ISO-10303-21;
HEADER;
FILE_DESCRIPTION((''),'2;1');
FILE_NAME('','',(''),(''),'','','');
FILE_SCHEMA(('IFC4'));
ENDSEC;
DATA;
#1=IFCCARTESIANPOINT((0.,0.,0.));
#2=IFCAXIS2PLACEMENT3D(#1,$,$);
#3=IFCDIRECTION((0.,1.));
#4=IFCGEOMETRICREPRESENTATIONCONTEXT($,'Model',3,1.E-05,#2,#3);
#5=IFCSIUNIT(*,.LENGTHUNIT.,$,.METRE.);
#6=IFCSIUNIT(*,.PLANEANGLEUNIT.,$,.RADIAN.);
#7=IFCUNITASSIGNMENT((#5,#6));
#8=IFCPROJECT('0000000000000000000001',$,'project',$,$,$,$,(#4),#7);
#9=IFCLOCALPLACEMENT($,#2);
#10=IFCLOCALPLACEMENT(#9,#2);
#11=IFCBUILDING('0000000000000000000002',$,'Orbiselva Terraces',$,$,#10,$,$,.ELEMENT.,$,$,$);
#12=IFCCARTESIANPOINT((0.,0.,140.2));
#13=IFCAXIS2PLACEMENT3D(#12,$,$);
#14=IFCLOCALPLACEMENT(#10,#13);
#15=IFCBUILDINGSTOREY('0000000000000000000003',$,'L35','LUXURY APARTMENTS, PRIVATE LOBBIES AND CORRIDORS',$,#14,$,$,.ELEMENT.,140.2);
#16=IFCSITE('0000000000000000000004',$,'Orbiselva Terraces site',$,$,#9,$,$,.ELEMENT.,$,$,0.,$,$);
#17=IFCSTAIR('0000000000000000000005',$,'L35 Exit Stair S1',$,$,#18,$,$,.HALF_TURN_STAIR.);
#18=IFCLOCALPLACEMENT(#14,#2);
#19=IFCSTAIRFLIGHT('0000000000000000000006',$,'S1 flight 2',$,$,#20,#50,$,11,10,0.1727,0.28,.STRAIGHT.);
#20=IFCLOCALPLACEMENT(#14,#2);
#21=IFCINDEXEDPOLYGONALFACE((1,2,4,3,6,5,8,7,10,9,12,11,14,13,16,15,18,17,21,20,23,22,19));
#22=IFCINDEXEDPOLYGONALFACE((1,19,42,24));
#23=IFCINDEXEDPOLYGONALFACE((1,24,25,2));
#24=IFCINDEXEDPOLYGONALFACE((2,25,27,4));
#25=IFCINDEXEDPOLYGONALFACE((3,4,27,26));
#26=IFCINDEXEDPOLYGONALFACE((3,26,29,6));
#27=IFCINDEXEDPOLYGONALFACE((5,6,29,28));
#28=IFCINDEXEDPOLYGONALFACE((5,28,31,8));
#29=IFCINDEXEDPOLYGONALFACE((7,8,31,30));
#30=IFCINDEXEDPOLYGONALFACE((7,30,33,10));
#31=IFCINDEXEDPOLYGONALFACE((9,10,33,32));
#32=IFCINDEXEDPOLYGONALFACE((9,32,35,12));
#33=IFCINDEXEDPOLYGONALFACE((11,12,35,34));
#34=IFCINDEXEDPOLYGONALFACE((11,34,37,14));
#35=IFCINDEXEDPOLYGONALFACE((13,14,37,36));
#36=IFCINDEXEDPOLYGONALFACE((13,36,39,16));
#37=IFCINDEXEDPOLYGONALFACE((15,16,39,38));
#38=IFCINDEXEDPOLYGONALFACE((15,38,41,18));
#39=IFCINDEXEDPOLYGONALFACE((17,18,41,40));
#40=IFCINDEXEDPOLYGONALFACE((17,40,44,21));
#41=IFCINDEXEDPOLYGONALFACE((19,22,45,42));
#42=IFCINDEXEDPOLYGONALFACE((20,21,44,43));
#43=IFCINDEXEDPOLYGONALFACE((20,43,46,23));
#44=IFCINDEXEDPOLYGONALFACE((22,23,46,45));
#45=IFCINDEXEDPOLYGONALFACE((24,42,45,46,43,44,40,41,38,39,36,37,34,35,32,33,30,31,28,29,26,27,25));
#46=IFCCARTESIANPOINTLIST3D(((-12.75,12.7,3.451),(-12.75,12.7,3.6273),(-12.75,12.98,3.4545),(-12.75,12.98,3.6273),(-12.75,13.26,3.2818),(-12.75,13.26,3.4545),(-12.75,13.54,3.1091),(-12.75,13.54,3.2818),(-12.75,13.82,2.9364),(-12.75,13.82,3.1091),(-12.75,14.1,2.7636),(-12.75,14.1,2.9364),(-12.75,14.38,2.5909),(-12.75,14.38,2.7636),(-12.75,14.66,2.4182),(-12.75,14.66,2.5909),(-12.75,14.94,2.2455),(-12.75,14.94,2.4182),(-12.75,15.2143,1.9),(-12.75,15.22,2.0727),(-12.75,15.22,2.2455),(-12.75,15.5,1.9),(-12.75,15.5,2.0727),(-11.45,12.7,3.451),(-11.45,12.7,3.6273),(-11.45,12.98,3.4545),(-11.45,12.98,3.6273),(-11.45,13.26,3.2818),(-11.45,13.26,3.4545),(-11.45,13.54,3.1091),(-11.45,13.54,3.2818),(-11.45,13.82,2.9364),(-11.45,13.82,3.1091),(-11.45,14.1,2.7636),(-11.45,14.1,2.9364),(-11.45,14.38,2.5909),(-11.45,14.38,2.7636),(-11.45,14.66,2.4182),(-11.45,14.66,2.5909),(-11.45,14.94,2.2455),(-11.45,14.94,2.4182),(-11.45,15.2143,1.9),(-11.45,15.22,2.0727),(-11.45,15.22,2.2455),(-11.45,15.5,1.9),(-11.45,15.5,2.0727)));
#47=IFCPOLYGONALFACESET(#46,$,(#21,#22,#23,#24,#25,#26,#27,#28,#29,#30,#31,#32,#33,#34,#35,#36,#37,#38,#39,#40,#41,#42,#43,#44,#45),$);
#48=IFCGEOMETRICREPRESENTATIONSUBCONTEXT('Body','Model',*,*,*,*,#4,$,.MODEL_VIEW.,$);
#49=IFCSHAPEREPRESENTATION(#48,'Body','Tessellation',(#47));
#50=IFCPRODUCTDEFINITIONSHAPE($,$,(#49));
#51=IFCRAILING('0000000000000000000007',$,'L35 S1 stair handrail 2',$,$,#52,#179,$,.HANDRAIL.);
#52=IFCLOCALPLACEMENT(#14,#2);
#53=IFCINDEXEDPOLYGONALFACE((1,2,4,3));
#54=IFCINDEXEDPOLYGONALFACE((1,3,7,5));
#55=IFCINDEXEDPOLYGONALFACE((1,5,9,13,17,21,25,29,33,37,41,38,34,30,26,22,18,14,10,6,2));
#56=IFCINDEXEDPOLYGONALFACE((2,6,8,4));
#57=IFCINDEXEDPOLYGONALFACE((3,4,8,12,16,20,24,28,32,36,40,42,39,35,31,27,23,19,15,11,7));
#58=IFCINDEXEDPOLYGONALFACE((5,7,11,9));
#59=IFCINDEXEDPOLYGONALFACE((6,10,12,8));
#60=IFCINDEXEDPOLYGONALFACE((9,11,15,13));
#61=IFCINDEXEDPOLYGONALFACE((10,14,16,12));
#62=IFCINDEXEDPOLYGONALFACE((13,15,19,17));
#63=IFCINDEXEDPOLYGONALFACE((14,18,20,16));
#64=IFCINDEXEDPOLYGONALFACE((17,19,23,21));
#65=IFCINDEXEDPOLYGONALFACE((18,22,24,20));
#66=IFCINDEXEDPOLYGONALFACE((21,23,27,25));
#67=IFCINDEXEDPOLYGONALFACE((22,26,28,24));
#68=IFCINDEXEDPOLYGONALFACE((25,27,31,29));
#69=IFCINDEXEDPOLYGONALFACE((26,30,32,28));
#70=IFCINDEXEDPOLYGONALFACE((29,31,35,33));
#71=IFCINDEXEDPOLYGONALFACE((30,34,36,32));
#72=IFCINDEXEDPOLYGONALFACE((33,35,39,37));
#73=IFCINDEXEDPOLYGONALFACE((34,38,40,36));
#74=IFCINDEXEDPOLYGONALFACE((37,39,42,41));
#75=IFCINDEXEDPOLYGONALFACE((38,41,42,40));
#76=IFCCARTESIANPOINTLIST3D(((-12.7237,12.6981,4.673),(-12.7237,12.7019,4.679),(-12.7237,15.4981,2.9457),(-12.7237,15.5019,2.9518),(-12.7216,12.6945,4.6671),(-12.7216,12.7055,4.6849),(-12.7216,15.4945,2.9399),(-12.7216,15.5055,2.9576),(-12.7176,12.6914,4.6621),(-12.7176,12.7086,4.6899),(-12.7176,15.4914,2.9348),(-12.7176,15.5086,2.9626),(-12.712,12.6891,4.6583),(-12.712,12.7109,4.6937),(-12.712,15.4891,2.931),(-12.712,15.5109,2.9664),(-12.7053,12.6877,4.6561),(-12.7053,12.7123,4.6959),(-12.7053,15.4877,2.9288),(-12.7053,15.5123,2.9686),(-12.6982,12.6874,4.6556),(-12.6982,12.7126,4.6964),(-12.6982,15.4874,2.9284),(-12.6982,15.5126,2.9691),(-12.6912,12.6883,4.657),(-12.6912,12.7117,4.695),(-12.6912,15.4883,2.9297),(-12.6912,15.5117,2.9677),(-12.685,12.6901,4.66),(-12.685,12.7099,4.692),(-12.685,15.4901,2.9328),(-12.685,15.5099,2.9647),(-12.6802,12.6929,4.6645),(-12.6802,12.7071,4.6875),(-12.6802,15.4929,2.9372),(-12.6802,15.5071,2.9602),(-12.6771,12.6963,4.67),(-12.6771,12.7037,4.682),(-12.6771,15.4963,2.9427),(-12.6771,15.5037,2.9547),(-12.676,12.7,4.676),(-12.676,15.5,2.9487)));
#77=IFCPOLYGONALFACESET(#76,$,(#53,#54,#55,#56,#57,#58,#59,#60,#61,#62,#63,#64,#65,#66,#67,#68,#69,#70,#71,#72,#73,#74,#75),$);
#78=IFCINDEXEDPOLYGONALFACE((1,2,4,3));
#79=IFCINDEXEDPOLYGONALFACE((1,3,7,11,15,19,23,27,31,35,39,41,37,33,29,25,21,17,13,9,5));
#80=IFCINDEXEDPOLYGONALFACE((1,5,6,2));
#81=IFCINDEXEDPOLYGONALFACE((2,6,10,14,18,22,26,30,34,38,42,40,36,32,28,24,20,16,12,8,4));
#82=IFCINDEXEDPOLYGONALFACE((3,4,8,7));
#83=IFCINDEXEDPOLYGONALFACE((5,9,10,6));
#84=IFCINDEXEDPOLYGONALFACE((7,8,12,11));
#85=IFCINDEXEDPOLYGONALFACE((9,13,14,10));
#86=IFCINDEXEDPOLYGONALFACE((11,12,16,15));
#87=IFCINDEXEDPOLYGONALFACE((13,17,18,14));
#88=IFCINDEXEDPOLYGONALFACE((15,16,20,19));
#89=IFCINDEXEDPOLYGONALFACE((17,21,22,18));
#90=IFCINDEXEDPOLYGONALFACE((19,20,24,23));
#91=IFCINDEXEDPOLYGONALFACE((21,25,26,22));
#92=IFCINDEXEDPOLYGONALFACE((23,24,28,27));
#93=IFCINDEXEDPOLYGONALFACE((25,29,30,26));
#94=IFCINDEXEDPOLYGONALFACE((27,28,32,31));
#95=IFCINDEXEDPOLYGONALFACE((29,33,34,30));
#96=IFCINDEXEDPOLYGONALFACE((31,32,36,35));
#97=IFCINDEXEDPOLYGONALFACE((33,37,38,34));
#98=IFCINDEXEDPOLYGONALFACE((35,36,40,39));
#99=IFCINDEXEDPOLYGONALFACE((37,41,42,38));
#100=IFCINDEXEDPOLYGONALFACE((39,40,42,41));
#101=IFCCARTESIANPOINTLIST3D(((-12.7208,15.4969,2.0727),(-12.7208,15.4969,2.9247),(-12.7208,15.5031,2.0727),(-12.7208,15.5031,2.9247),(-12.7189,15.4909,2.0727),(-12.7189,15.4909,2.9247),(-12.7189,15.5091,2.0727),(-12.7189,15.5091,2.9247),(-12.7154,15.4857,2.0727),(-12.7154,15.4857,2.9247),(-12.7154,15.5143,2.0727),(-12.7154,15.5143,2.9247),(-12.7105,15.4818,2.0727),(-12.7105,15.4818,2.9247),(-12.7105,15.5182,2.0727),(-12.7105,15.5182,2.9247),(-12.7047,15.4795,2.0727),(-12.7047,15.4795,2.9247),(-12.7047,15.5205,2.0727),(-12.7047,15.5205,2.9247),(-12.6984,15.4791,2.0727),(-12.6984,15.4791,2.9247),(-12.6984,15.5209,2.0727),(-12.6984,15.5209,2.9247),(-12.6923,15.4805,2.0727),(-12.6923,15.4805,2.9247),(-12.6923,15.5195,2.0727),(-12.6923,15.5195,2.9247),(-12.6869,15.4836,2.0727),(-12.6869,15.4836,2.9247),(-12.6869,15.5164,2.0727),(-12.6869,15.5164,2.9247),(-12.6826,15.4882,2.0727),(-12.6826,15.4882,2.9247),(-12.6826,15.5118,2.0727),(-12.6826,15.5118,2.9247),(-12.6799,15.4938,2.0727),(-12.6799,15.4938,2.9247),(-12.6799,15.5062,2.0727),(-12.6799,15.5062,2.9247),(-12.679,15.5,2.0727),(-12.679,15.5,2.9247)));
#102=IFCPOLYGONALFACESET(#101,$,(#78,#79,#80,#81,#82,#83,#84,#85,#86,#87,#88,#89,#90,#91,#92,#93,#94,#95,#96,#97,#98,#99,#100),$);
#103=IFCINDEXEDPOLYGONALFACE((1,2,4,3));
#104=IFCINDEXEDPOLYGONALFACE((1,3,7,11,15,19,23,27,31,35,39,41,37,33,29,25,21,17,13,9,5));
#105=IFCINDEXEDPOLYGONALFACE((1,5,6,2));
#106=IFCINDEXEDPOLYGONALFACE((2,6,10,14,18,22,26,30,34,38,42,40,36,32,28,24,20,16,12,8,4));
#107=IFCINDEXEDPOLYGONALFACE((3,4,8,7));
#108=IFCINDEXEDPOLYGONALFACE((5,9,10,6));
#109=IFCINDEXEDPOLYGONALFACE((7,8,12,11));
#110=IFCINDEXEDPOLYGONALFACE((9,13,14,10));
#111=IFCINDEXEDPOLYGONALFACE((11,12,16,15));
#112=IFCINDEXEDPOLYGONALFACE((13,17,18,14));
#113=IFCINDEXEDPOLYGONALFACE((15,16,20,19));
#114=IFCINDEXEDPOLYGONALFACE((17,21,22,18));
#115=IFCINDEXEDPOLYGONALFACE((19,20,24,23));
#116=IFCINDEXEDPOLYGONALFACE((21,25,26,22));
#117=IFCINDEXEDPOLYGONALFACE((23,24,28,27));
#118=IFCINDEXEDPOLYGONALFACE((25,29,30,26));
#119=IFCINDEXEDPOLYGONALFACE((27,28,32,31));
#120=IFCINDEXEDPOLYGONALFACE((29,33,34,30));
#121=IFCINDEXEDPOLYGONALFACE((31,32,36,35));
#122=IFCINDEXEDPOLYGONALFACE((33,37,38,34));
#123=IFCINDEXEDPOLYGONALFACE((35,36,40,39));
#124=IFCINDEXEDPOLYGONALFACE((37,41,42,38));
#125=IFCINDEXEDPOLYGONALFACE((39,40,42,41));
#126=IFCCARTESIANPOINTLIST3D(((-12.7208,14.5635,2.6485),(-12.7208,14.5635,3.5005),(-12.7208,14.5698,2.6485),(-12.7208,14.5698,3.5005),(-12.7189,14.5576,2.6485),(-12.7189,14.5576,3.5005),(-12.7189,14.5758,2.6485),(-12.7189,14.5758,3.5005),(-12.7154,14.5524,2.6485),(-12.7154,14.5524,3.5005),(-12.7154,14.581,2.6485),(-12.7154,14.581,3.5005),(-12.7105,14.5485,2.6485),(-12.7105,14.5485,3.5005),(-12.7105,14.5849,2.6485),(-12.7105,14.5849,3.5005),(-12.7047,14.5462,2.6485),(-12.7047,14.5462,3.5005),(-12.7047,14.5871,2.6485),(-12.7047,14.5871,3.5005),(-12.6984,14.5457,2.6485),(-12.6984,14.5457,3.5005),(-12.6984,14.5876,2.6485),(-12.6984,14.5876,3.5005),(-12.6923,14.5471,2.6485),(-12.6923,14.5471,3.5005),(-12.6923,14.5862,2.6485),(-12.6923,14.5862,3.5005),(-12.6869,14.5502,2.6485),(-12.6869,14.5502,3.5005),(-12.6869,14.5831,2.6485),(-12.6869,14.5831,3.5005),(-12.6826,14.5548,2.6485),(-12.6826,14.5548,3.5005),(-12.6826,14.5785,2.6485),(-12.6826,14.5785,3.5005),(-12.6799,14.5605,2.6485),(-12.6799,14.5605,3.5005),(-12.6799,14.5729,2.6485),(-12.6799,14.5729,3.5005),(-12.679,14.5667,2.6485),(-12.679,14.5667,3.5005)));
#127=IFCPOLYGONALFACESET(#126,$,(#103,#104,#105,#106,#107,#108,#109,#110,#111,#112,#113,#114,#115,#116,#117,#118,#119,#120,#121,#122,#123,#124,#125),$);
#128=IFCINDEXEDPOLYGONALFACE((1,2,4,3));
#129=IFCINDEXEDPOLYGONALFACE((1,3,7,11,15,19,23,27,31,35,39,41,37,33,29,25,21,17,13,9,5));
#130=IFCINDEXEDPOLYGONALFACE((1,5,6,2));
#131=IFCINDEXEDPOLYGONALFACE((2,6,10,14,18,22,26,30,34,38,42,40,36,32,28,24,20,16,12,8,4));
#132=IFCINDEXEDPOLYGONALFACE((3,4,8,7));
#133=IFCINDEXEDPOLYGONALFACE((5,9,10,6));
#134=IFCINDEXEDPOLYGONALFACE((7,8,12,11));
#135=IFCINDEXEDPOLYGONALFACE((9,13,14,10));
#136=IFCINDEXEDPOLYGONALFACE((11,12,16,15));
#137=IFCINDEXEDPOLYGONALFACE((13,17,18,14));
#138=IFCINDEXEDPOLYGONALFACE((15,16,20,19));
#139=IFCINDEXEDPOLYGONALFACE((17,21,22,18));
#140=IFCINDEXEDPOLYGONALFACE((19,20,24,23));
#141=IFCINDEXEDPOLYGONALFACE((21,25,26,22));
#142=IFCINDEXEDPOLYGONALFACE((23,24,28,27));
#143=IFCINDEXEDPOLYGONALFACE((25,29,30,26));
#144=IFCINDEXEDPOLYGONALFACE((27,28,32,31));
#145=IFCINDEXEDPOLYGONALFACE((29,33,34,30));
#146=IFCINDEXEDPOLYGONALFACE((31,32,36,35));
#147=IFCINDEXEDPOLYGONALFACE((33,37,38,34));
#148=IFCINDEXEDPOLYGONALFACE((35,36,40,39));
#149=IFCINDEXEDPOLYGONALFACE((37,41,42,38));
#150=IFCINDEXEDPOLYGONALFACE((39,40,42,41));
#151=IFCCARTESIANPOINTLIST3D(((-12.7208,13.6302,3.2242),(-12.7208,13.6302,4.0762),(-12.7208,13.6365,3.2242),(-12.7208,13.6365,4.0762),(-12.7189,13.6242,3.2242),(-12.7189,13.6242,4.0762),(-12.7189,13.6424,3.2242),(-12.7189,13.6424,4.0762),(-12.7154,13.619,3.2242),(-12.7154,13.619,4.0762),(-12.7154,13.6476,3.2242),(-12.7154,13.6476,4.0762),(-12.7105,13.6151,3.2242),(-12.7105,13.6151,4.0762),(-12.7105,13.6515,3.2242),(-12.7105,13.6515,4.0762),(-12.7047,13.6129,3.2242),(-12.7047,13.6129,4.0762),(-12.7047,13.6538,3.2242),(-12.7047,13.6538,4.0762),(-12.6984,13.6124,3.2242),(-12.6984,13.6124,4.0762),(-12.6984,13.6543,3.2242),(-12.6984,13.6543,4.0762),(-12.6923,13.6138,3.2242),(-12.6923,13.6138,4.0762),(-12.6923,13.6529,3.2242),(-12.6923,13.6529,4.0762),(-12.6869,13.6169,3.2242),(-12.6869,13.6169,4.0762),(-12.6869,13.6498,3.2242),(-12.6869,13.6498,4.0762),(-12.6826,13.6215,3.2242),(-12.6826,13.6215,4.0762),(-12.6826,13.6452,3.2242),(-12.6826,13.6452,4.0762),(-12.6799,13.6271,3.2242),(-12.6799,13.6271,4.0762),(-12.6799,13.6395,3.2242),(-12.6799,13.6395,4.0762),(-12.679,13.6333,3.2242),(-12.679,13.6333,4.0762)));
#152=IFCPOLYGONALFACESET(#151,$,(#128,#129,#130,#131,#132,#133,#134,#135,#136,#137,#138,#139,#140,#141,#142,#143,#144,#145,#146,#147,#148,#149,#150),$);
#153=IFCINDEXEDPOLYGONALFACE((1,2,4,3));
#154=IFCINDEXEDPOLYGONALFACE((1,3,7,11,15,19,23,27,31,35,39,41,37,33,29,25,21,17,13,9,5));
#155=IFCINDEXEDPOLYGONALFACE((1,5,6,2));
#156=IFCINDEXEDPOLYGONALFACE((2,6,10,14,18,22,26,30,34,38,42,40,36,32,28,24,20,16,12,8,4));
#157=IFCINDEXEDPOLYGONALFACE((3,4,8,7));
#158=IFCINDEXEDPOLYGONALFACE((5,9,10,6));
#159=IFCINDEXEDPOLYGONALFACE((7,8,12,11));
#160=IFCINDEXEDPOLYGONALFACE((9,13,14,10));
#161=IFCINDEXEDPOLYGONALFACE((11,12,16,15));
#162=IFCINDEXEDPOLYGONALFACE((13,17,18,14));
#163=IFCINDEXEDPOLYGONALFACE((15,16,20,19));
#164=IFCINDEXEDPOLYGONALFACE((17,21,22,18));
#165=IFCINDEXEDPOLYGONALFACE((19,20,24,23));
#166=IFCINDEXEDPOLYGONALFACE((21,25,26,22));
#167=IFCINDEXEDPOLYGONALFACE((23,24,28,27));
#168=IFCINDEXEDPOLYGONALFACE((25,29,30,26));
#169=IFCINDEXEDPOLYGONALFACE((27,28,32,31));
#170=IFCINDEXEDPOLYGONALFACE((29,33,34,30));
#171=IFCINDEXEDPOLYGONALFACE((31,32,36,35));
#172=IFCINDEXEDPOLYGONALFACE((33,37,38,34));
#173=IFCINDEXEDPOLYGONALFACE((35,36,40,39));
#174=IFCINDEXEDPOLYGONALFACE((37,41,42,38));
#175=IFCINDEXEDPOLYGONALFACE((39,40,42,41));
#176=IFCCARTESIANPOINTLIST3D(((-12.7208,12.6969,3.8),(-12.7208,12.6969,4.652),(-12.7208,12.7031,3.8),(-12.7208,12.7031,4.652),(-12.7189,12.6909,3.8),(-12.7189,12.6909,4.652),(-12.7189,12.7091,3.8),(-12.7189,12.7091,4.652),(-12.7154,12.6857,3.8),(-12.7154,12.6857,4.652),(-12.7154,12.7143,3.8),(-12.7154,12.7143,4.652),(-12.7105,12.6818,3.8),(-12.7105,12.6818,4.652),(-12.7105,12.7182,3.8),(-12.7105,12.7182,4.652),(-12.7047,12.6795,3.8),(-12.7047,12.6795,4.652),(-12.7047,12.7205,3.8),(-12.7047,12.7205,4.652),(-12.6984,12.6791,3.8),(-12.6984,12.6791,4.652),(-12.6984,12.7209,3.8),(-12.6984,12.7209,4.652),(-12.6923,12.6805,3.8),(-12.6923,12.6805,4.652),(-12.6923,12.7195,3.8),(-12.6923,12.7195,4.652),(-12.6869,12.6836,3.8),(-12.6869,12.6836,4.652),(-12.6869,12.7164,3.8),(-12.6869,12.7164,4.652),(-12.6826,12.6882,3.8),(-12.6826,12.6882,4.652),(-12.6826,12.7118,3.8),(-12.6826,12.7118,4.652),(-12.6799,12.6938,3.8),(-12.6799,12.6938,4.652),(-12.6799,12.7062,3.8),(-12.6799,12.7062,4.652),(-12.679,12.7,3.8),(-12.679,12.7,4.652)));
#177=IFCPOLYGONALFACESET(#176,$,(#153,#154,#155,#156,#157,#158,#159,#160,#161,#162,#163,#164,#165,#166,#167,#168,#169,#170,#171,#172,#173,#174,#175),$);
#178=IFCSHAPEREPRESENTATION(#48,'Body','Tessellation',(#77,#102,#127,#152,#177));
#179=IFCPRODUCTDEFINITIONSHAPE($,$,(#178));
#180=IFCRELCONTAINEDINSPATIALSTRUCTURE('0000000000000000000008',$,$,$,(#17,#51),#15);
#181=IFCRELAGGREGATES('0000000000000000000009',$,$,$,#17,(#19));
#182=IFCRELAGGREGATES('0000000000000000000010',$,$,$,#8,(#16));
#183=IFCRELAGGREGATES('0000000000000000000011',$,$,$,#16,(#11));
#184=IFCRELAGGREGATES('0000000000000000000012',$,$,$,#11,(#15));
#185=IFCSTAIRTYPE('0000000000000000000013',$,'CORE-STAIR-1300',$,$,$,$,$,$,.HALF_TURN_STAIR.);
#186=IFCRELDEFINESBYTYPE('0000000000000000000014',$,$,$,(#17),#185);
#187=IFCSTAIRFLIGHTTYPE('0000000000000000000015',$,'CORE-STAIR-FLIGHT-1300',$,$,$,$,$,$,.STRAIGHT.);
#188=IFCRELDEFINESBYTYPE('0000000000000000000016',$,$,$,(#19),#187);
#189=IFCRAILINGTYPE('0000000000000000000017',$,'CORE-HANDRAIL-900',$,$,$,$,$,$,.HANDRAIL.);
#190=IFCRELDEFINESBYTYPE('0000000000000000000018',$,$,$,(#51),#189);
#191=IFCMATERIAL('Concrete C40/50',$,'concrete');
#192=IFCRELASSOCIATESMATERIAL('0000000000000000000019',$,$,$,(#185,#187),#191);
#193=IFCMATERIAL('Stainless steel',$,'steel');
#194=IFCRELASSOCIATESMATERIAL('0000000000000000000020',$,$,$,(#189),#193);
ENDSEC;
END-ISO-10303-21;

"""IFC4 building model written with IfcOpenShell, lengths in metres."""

from ifc_helpers import new_model, si_unit, direction, frame, origin, origin_2d, place, context, subcontext, project, spatial, polyline, circle, outline, extrude, material, type_object, element, aggregate, save


model = new_model("IFC4")

# Units and contexts
model_context = context("Model", 3, precision=1e-05, world=origin(), true_north=direction((0.0, 1.0)))
body_context = subcontext(model_context, "Body", "Model", "MODEL_VIEW")
ifc_project = project(units=[si_unit("LENGTHUNIT", "METRE"), si_unit("PLANEANGLEUNIT", "RADIAN")], contexts=[model_context])

# Site, building, storey
site_placement = place(None, origin())
site = spatial("IfcSite", under=ifc_project, at=site_placement, Name="Orbiselva Terraces site", CompositionType="ELEMENT", RefElevation=0.0)
building_placement = place(site_placement, origin())
building = spatial("IfcBuilding", under=site, at=building_placement, Name="Orbiselva Terraces", CompositionType="ELEMENT")
storey_placement = place(building_placement, frame((0.0, 0.0, 140.2)))
storey = spatial("IfcBuildingStorey", under=building, at=storey_placement, Name="L35", Description="LUXURY APARTMENTS, PRIVATE LOBBIES AND CORRIDORS", CompositionType="ELEMENT", Elevation=140.2)

# Shared definitions
ifc_material_1 = material(Name="Concrete C40/50", Category="concrete")

# Stair, stair flight
stair_type = type_object("IfcStairType", Name="CORE-STAIR-1300", PredefinedType="HALF_TURN_STAIR", material=ifc_material_1)
stair_placement = place(storey_placement, origin())
stair = element("IfcStair", 1, at=stair_placement, inside=storey, type_object=stair_type, Name="L35 Exit Stair S1", PredefinedType="HALF_TURN_STAIR")
stair_flight_type = type_object("IfcStairFlightType", Name="CORE-STAIR-FLIGHT-1300", PredefinedType="STRAIGHT", material=ifc_material_1)
stair_flight_placement = place(storey_placement, frame((-12.1, 15.5, 1.9), z_axis=(0.0, 0.0, 1.0), x_axis=(0.0, -1.0, 0.0)))
stair_flight = element("IfcStairFlight", 2, at=stair_flight_placement, type_object=stair_flight_type, Name="S1 flight 2", NumberOfRisers=11, NumberOfTreads=10, PredefinedType="STRAIGHT", RiserHeight=0.1727, TreadLength=0.28, context=body_context, shape_type="SweptSolid", body=[
    extrude(outline(polyline([(0.0, 0.0), (0.0, 0.1727), (0.28, 0.1727), (0.28, 0.3455), (0.56, 0.3455), (0.56, 0.5182), (0.84, 0.5182), (0.84, 0.6909), (1.12, 0.6909), (1.12, 0.8636), (1.4, 0.8636), (1.4, 1.0364), (1.68, 1.0364), (1.68, 1.2091), (1.96, 1.2091), (1.96, 1.3818), (2.24, 1.3818), (2.24, 1.5545), (2.52, 1.5545), (2.52, 1.7273), (2.8, 1.7273), (2.8, 1.9), (2.8, 1.551), (0.2857, 0.0), (0.0, 0.0)])), frame((0.0, 0.65, 0.0), z_axis=(0.0, -1.0, 0.0), x_axis=(1.0, 0.0, 0.0)), (0.0, 0.0, 1.0), 1.3),
])
aggregate(stair, [stair_flight])

# Railing
ifc_material_2 = material(Name="Stainless steel", Category="steel")
railing_type_1 = type_object("IfcRailingType", Name="CORE-HANDRAIL-900", PredefinedType="HANDRAIL", material=ifc_material_2)
railing_1_placement = place(storey_placement, frame((-12.7, 15.5, 2.0727)))
element("IfcRailing", 3, at=railing_1_placement, inside=storey, type_object=railing_type_1, Name="L35 S1 stair handrail 2", PredefinedType="HANDRAIL", context=body_context, shape_type="SweptSolid", body=[
    extrude(circle(Radius=0.024, at=origin_2d()), frame((0.0, 0.0, 0.876), z_axis=(0.0, -0.851089, 0.525022), x_axis=(1.0, 0.0, 0.0)), (0.0, 0.0, 1.0), 3.2899),
    extrude(circle(Radius=0.021, at=origin_2d()), origin(), (0.0, 0.0, 1.0), 0.852),
    extrude(circle(Radius=0.021, at=origin_2d()), frame((0.0, -0.9333, 0.5758)), (0.0, 0.0, 1.0), 0.852),
    extrude(circle(Radius=0.021, at=origin_2d()), frame((0.0, -1.8667, 1.1515)), (0.0, 0.0, 1.0), 0.852),
    extrude(circle(Radius=0.021, at=origin_2d()), frame((0.0, -2.8, 1.7273)), (0.0, 0.0, 1.0), 0.852),
])

save(model, "model.ifc")
